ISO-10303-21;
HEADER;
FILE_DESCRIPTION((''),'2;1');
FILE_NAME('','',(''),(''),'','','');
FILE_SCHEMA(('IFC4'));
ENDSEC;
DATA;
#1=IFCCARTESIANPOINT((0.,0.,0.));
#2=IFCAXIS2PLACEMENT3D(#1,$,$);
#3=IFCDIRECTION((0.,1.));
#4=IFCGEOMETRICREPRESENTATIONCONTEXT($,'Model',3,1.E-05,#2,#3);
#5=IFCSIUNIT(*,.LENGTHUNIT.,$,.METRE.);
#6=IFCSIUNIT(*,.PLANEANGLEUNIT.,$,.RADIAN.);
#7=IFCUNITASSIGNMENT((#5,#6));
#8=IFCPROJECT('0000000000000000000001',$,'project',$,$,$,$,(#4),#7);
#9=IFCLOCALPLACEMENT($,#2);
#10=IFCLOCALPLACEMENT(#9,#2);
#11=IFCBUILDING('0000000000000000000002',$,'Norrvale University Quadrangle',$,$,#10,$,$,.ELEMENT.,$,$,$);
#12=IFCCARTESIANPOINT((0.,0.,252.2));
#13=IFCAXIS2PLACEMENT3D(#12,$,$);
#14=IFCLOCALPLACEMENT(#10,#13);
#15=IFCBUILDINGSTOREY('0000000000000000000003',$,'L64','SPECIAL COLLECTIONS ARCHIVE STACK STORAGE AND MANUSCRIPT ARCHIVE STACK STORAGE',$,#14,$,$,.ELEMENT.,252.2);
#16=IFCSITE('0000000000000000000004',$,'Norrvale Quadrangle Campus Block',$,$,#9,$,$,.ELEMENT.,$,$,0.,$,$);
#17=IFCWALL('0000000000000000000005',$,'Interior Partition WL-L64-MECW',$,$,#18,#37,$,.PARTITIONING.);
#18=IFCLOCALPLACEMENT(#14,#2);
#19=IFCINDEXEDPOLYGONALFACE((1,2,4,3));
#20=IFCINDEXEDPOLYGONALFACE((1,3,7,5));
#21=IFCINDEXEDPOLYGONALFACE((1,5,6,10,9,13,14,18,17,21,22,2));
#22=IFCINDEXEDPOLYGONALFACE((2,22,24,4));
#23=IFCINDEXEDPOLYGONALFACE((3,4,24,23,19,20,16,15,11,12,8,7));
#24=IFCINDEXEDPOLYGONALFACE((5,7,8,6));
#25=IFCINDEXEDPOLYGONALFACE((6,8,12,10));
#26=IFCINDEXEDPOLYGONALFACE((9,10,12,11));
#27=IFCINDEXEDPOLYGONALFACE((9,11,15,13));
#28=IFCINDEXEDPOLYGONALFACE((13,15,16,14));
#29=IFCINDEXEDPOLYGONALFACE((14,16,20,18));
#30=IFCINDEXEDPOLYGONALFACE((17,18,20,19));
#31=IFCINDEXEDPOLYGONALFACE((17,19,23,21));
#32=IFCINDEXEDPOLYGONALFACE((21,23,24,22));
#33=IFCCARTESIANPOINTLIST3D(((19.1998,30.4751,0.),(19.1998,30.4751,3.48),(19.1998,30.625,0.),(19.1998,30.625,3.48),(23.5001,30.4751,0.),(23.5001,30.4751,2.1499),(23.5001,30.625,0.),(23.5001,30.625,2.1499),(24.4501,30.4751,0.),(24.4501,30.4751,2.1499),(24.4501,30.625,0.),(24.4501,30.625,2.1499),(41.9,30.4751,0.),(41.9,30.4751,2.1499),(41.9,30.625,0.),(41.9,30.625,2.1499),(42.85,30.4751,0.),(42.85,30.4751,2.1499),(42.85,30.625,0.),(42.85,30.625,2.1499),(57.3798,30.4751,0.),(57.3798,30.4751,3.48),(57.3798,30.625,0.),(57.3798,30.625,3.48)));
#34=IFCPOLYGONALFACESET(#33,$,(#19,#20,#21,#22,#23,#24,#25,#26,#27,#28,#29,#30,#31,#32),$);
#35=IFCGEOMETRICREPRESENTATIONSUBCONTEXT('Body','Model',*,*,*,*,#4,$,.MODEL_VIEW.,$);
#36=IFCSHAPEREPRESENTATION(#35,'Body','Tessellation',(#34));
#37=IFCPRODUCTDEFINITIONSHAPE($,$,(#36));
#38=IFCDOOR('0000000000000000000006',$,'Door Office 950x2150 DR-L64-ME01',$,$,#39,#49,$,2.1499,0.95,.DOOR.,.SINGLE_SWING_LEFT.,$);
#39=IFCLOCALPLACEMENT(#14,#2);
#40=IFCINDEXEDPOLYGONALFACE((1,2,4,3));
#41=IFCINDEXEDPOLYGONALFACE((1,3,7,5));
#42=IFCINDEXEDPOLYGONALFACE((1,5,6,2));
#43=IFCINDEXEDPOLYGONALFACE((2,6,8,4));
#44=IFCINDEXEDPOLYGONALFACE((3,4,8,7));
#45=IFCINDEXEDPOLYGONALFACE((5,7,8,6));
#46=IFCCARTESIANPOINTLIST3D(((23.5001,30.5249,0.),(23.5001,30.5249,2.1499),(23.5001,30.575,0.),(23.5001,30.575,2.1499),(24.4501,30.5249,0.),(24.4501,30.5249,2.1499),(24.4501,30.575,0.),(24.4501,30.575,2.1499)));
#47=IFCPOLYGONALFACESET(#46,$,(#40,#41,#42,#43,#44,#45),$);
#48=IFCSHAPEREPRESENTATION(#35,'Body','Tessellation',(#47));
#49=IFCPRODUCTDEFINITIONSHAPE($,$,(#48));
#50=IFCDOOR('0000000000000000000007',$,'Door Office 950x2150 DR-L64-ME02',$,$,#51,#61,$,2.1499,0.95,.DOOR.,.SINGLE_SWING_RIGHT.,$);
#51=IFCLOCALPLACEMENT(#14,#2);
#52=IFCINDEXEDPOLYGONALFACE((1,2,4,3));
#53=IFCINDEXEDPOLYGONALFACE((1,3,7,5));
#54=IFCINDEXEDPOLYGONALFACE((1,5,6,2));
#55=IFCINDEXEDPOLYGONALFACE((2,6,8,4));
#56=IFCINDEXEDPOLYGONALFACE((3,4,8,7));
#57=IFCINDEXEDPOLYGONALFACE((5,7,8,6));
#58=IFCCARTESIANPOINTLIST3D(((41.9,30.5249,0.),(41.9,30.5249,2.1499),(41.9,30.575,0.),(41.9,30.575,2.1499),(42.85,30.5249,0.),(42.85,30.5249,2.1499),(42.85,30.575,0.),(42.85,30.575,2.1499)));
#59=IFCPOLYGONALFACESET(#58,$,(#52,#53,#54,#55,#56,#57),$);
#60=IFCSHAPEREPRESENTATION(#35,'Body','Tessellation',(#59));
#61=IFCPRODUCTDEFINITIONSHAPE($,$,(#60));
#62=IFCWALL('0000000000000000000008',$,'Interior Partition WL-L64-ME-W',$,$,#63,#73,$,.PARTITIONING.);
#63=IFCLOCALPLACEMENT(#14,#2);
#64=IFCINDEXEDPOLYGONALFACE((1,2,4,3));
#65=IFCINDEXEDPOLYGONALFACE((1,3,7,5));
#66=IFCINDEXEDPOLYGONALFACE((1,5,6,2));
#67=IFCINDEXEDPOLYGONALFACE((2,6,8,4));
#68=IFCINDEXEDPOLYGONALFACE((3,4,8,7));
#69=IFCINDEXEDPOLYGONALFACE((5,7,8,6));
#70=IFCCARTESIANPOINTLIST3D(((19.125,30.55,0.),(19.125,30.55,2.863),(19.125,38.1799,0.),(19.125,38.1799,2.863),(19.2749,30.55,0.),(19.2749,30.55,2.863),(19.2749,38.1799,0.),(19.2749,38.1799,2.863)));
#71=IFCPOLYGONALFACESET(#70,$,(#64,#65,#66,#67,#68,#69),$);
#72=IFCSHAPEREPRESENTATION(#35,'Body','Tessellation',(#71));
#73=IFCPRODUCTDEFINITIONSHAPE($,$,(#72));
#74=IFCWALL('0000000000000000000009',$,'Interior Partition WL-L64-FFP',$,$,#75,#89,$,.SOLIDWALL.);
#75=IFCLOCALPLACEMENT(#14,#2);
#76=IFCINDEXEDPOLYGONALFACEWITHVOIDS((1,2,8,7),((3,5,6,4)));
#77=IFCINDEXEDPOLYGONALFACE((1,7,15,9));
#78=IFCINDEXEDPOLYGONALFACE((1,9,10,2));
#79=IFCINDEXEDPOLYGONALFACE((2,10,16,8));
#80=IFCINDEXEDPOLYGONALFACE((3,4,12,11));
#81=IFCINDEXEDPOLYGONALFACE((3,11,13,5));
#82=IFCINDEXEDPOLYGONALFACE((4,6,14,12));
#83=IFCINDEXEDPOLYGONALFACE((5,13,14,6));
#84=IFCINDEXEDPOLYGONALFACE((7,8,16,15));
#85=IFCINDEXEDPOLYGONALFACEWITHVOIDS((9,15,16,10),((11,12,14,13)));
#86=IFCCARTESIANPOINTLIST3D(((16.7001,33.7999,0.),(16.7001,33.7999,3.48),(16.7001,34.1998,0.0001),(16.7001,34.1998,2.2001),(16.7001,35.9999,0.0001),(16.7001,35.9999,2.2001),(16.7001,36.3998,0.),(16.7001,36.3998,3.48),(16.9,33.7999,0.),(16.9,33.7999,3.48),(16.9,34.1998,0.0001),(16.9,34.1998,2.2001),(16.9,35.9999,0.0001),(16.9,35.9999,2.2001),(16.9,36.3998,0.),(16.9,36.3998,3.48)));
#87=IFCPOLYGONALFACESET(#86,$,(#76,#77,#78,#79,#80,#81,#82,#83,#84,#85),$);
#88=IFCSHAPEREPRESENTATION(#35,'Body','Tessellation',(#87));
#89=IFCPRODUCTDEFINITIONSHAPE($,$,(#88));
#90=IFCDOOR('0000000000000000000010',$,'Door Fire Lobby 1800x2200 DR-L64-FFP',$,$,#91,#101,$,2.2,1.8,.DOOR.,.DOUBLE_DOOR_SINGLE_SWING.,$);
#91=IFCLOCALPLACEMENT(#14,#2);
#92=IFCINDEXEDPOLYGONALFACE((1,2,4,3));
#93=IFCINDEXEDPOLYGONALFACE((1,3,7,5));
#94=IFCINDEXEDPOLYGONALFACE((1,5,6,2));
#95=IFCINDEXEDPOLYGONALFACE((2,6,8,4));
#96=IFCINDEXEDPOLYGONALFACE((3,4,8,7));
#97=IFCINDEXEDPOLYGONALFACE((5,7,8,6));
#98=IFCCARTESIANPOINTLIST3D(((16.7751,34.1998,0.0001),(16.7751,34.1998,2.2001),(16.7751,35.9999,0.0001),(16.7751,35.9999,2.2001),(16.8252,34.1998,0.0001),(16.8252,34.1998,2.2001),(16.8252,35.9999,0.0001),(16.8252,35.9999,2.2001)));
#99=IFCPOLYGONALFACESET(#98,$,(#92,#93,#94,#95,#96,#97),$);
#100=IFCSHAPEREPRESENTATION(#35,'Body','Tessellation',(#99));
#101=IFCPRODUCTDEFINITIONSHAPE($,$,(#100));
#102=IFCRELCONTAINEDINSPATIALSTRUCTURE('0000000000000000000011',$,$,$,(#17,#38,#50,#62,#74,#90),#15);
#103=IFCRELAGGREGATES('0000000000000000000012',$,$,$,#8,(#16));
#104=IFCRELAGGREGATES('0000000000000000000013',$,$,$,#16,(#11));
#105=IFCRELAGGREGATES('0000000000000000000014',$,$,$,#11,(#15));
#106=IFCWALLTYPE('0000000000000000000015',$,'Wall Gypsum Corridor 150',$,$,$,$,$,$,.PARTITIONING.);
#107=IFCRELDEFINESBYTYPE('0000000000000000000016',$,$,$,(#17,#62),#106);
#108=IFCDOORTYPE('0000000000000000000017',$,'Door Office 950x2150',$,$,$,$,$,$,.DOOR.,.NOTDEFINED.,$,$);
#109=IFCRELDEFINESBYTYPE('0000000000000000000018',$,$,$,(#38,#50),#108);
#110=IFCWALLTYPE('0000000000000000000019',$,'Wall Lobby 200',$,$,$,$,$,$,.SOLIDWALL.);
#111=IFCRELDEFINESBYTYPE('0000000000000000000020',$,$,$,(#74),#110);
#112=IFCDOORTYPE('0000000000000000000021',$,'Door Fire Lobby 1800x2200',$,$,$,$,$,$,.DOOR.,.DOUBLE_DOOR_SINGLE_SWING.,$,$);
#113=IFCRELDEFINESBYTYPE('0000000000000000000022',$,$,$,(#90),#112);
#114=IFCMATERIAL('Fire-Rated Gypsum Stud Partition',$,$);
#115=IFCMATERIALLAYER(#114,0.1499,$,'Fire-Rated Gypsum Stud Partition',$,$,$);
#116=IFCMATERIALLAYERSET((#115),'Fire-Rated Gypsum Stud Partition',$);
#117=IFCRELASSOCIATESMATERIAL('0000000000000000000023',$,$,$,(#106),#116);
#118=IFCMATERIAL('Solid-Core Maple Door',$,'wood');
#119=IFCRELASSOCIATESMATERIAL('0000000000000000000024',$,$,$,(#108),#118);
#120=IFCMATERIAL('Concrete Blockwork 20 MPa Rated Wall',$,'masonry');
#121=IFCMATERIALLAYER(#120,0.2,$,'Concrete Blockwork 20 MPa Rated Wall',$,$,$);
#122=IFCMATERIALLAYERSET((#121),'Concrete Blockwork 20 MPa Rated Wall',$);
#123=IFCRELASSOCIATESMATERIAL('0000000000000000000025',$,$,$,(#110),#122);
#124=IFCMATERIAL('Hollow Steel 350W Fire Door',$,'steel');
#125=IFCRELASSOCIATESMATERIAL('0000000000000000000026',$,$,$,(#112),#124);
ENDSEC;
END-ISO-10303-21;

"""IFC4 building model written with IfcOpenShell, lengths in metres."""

from ifc_helpers import new_model, si_unit, direction, frame, frame_2d, origin, place, context, subcontext, project, spatial, rectangle, extrude, material, layer, layer_set, type_object, element, fill, save


model = new_model("IFC4")

# Units and contexts
model_context = context("Model", 3, precision=1e-05, world=origin(), true_north=direction((0.0, 1.0)))
body_context = subcontext(model_context, "Body", "Model", "MODEL_VIEW")
ifc_project = project(units=[si_unit("LENGTHUNIT", "METRE"), si_unit("PLANEANGLEUNIT", "RADIAN")], contexts=[model_context])

# Site, building, storey
site_placement = place(None, origin())
site = spatial("IfcSite", under=ifc_project, at=site_placement, Name="Norrvale Quadrangle Campus Block", CompositionType="ELEMENT", RefElevation=0.0)
building_placement = place(site_placement, origin())
building = spatial("IfcBuilding", under=site, at=building_placement, Name="Norrvale University Quadrangle", CompositionType="ELEMENT")
storey_placement = place(building_placement, frame((0.0, 0.0, 252.2)))
storey = spatial("IfcBuildingStorey", under=building, at=storey_placement, Name="L64", Description="SPECIAL COLLECTIONS ARCHIVE STACK STORAGE AND MANUSCRIPT ARCHIVE STACK STORAGE", CompositionType="ELEMENT", Elevation=252.2)

# Shared definitions
ifc_material_1 = material(Name="Fire-Rated Gypsum Stud Partition")
ifc_layer_1 = layer(ifc_material_1, 0.1499, Name="Fire-Rated Gypsum Stud Partition")
ifc_layer_set_1 = layer_set([ifc_layer_1], Name="Fire-Rated Gypsum Stud Partition")
wall_type_1 = type_object("IfcWallType", Name="Wall Gypsum Corridor 150", PredefinedType="PARTITIONING", material=ifc_layer_set_1)
ifc_material_2 = material(Name="Solid-Core Maple Door", Category="wood")
door_type_1 = type_object("IfcDoorType", Name="Door Office 950x2150", OperationType="NOTDEFINED", PredefinedType="DOOR", material=ifc_material_2)

# Wall, openings, doors
wall_1_placement = place(storey_placement, frame((19.2, 30.55, 0.0), z_axis=(0.0, 0.0, 1.0), x_axis=(1.0, 0.0, 0.0)))
wall_1 = element("IfcWall", 1, at=wall_1_placement, inside=storey, type_object=wall_type_1, Name="Interior Partition WL-L64-MECW", PredefinedType="PARTITIONING", context=body_context, shape_type="SweptSolid", body=[
    extrude(rectangle(XDim=38.1799, YDim=0.1499, at=frame_2d((19.0898, 0.0))), origin(), (0.0, 0.0, 1.0), 3.48),
])
opening_1_placement = place(wall_1_placement, frame((4.3, 0.0, 0.0)))
opening_1 = element("IfcOpeningElement", 2, at=opening_1_placement, cuts=wall_1, PredefinedType="OPENING", context=body_context, shape_type="SweptSolid", body=[
    extrude(rectangle(XDim=0.95, YDim=2.1499, at=frame_2d((0.4751, 1.075))), frame((0.0, 0.0869, 0.0), z_axis=(0.0, -1.0, 0.0), x_axis=(1.0, 0.0, 0.0)), (0.0, 0.0, 1.0), 0.1738),
])
opening_2_placement = place(wall_1_placement, frame((22.7, 0.0, 0.0)))
opening_2 = element("IfcOpeningElement", 3, at=opening_2_placement, cuts=wall_1, PredefinedType="OPENING", context=body_context, shape_type="SweptSolid", body=[
    extrude(rectangle(XDim=0.95, YDim=2.1499, at=frame_2d((0.4751, 1.075))), frame((0.0, 0.0869, 0.0), z_axis=(0.0, -1.0, 0.0), x_axis=(1.0, 0.0, 0.0)), (0.0, 0.0, 1.0), 0.1738),
])
door_1_placement = place(opening_1_placement, origin())
door_1 = element("IfcDoor", 4, at=door_1_placement, inside=storey, type_object=door_type_1, Name="Door Office 950x2150 DR-L64-ME01", OperationType="SINGLE_SWING_LEFT", OverallHeight=2.1499, OverallWidth=0.95, PredefinedType="DOOR", context=body_context, shape_type="SweptSolid", body=[
    extrude(rectangle(XDim=0.95, YDim=2.1499, at=frame_2d((0.4751, 1.075))), frame((0.0, 0.0249, 0.0), z_axis=(0.0, -1.0, 0.0), x_axis=(1.0, 0.0, 0.0)), (0.0, 0.0, 1.0), 0.05),
])
fill(opening_1, door_1)
door_2_placement = place(opening_2_placement, origin())
door_2 = element("IfcDoor", 5, at=door_2_placement, inside=storey, type_object=door_type_1, Name="Door Office 950x2150 DR-L64-ME02", OperationType="SINGLE_SWING_RIGHT", OverallHeight=2.1499, OverallWidth=0.95, PredefinedType="DOOR", context=body_context, shape_type="SweptSolid", body=[
    extrude(rectangle(XDim=0.95, YDim=2.1499, at=frame_2d((0.4751, 1.075))), frame((0.0, 0.0249, 0.0), z_axis=(0.0, -1.0, 0.0), x_axis=(1.0, 0.0, 0.0)), (0.0, 0.0, 1.0), 0.05),
])
fill(opening_2, door_2)

# Wall
wall_2_placement = place(storey_placement, frame((19.2, 30.55, 0.0), z_axis=(0.0, 0.0, 1.0), x_axis=(0.0, 1.0, 0.0)))
element("IfcWall", 6, at=wall_2_placement, inside=storey, type_object=wall_type_1, Name="Interior Partition WL-L64-ME-W", PredefinedType="PARTITIONING", context=body_context, shape_type="SweptSolid", body=[
    extrude(rectangle(XDim=7.6299, YDim=0.1499, at=frame_2d((3.8149, 0.0))), origin(), (0.0, 0.0, 1.0), 2.863),
])

# Wall, opening, door
ifc_material_3 = material(Name="Concrete Blockwork 20 MPa Rated Wall", Category="masonry")
ifc_layer_2 = layer(ifc_material_3, 0.2, Name="Concrete Blockwork 20 MPa Rated Wall")
ifc_layer_set_2 = layer_set([ifc_layer_2], Name="Concrete Blockwork 20 MPa Rated Wall")
wall_type_2 = type_object("IfcWallType", Name="Wall Lobby 200", PredefinedType="SOLIDWALL", material=ifc_layer_set_2)
wall_3_placement = place(storey_placement, frame((16.8, 33.8, 0.0), z_axis=(0.0, 0.0, 1.0), x_axis=(0.0, 1.0, 0.0)))
wall_3 = element("IfcWall", 7, at=wall_3_placement, inside=storey, type_object=wall_type_2, Name="Interior Partition WL-L64-FFP", PredefinedType="SOLIDWALL", context=body_context, shape_type="SweptSolid", body=[
    extrude(rectangle(XDim=2.5999, YDim=0.2, at=frame_2d((1.2998, 0.0))), origin(), (0.0, 0.0, 1.0), 3.48),
])
opening_3_placement = place(wall_3_placement, frame((0.3999, 0.0, 0.0)))
opening_3 = element("IfcOpeningElement", 8, at=opening_3_placement, cuts=wall_3, PredefinedType="OPENING", context=body_context, shape_type="SweptSolid", body=[
    extrude(rectangle(XDim=1.8, YDim=2.2, at=frame_2d((0.8999, 1.1001))), frame((0.0, 0.1121, 0.0), z_axis=(0.0, -1.0, 0.0), x_axis=(1.0, 0.0, 0.0)), (0.0, 0.0, 1.0), 0.2239),
])
ifc_material_4 = material(Name="Hollow Steel 350W Fire Door", Category="steel")
door_type_2 = type_object("IfcDoorType", Name="Door Fire Lobby 1800x2200", OperationType="DOUBLE_DOOR_SINGLE_SWING", PredefinedType="DOOR", material=ifc_material_4)
door_3_placement = place(opening_3_placement, origin())
door_3 = element("IfcDoor", 9, at=door_3_placement, inside=storey, type_object=door_type_2, Name="Door Fire Lobby 1800x2200 DR-L64-FFP", OperationType="DOUBLE_DOOR_SINGLE_SWING", OverallHeight=2.2, OverallWidth=1.8, PredefinedType="DOOR", context=body_context, shape_type="SweptSolid", body=[
    extrude(rectangle(XDim=1.8, YDim=2.2, at=frame_2d((0.8999, 1.1001))), frame((0.0, 0.0249, 0.0), z_axis=(0.0, -1.0, 0.0), x_axis=(1.0, 0.0, 0.0)), (0.0, 0.0, 1.0), 0.05),
])
fill(opening_3, door_3)

save(model, "model.ifc")
